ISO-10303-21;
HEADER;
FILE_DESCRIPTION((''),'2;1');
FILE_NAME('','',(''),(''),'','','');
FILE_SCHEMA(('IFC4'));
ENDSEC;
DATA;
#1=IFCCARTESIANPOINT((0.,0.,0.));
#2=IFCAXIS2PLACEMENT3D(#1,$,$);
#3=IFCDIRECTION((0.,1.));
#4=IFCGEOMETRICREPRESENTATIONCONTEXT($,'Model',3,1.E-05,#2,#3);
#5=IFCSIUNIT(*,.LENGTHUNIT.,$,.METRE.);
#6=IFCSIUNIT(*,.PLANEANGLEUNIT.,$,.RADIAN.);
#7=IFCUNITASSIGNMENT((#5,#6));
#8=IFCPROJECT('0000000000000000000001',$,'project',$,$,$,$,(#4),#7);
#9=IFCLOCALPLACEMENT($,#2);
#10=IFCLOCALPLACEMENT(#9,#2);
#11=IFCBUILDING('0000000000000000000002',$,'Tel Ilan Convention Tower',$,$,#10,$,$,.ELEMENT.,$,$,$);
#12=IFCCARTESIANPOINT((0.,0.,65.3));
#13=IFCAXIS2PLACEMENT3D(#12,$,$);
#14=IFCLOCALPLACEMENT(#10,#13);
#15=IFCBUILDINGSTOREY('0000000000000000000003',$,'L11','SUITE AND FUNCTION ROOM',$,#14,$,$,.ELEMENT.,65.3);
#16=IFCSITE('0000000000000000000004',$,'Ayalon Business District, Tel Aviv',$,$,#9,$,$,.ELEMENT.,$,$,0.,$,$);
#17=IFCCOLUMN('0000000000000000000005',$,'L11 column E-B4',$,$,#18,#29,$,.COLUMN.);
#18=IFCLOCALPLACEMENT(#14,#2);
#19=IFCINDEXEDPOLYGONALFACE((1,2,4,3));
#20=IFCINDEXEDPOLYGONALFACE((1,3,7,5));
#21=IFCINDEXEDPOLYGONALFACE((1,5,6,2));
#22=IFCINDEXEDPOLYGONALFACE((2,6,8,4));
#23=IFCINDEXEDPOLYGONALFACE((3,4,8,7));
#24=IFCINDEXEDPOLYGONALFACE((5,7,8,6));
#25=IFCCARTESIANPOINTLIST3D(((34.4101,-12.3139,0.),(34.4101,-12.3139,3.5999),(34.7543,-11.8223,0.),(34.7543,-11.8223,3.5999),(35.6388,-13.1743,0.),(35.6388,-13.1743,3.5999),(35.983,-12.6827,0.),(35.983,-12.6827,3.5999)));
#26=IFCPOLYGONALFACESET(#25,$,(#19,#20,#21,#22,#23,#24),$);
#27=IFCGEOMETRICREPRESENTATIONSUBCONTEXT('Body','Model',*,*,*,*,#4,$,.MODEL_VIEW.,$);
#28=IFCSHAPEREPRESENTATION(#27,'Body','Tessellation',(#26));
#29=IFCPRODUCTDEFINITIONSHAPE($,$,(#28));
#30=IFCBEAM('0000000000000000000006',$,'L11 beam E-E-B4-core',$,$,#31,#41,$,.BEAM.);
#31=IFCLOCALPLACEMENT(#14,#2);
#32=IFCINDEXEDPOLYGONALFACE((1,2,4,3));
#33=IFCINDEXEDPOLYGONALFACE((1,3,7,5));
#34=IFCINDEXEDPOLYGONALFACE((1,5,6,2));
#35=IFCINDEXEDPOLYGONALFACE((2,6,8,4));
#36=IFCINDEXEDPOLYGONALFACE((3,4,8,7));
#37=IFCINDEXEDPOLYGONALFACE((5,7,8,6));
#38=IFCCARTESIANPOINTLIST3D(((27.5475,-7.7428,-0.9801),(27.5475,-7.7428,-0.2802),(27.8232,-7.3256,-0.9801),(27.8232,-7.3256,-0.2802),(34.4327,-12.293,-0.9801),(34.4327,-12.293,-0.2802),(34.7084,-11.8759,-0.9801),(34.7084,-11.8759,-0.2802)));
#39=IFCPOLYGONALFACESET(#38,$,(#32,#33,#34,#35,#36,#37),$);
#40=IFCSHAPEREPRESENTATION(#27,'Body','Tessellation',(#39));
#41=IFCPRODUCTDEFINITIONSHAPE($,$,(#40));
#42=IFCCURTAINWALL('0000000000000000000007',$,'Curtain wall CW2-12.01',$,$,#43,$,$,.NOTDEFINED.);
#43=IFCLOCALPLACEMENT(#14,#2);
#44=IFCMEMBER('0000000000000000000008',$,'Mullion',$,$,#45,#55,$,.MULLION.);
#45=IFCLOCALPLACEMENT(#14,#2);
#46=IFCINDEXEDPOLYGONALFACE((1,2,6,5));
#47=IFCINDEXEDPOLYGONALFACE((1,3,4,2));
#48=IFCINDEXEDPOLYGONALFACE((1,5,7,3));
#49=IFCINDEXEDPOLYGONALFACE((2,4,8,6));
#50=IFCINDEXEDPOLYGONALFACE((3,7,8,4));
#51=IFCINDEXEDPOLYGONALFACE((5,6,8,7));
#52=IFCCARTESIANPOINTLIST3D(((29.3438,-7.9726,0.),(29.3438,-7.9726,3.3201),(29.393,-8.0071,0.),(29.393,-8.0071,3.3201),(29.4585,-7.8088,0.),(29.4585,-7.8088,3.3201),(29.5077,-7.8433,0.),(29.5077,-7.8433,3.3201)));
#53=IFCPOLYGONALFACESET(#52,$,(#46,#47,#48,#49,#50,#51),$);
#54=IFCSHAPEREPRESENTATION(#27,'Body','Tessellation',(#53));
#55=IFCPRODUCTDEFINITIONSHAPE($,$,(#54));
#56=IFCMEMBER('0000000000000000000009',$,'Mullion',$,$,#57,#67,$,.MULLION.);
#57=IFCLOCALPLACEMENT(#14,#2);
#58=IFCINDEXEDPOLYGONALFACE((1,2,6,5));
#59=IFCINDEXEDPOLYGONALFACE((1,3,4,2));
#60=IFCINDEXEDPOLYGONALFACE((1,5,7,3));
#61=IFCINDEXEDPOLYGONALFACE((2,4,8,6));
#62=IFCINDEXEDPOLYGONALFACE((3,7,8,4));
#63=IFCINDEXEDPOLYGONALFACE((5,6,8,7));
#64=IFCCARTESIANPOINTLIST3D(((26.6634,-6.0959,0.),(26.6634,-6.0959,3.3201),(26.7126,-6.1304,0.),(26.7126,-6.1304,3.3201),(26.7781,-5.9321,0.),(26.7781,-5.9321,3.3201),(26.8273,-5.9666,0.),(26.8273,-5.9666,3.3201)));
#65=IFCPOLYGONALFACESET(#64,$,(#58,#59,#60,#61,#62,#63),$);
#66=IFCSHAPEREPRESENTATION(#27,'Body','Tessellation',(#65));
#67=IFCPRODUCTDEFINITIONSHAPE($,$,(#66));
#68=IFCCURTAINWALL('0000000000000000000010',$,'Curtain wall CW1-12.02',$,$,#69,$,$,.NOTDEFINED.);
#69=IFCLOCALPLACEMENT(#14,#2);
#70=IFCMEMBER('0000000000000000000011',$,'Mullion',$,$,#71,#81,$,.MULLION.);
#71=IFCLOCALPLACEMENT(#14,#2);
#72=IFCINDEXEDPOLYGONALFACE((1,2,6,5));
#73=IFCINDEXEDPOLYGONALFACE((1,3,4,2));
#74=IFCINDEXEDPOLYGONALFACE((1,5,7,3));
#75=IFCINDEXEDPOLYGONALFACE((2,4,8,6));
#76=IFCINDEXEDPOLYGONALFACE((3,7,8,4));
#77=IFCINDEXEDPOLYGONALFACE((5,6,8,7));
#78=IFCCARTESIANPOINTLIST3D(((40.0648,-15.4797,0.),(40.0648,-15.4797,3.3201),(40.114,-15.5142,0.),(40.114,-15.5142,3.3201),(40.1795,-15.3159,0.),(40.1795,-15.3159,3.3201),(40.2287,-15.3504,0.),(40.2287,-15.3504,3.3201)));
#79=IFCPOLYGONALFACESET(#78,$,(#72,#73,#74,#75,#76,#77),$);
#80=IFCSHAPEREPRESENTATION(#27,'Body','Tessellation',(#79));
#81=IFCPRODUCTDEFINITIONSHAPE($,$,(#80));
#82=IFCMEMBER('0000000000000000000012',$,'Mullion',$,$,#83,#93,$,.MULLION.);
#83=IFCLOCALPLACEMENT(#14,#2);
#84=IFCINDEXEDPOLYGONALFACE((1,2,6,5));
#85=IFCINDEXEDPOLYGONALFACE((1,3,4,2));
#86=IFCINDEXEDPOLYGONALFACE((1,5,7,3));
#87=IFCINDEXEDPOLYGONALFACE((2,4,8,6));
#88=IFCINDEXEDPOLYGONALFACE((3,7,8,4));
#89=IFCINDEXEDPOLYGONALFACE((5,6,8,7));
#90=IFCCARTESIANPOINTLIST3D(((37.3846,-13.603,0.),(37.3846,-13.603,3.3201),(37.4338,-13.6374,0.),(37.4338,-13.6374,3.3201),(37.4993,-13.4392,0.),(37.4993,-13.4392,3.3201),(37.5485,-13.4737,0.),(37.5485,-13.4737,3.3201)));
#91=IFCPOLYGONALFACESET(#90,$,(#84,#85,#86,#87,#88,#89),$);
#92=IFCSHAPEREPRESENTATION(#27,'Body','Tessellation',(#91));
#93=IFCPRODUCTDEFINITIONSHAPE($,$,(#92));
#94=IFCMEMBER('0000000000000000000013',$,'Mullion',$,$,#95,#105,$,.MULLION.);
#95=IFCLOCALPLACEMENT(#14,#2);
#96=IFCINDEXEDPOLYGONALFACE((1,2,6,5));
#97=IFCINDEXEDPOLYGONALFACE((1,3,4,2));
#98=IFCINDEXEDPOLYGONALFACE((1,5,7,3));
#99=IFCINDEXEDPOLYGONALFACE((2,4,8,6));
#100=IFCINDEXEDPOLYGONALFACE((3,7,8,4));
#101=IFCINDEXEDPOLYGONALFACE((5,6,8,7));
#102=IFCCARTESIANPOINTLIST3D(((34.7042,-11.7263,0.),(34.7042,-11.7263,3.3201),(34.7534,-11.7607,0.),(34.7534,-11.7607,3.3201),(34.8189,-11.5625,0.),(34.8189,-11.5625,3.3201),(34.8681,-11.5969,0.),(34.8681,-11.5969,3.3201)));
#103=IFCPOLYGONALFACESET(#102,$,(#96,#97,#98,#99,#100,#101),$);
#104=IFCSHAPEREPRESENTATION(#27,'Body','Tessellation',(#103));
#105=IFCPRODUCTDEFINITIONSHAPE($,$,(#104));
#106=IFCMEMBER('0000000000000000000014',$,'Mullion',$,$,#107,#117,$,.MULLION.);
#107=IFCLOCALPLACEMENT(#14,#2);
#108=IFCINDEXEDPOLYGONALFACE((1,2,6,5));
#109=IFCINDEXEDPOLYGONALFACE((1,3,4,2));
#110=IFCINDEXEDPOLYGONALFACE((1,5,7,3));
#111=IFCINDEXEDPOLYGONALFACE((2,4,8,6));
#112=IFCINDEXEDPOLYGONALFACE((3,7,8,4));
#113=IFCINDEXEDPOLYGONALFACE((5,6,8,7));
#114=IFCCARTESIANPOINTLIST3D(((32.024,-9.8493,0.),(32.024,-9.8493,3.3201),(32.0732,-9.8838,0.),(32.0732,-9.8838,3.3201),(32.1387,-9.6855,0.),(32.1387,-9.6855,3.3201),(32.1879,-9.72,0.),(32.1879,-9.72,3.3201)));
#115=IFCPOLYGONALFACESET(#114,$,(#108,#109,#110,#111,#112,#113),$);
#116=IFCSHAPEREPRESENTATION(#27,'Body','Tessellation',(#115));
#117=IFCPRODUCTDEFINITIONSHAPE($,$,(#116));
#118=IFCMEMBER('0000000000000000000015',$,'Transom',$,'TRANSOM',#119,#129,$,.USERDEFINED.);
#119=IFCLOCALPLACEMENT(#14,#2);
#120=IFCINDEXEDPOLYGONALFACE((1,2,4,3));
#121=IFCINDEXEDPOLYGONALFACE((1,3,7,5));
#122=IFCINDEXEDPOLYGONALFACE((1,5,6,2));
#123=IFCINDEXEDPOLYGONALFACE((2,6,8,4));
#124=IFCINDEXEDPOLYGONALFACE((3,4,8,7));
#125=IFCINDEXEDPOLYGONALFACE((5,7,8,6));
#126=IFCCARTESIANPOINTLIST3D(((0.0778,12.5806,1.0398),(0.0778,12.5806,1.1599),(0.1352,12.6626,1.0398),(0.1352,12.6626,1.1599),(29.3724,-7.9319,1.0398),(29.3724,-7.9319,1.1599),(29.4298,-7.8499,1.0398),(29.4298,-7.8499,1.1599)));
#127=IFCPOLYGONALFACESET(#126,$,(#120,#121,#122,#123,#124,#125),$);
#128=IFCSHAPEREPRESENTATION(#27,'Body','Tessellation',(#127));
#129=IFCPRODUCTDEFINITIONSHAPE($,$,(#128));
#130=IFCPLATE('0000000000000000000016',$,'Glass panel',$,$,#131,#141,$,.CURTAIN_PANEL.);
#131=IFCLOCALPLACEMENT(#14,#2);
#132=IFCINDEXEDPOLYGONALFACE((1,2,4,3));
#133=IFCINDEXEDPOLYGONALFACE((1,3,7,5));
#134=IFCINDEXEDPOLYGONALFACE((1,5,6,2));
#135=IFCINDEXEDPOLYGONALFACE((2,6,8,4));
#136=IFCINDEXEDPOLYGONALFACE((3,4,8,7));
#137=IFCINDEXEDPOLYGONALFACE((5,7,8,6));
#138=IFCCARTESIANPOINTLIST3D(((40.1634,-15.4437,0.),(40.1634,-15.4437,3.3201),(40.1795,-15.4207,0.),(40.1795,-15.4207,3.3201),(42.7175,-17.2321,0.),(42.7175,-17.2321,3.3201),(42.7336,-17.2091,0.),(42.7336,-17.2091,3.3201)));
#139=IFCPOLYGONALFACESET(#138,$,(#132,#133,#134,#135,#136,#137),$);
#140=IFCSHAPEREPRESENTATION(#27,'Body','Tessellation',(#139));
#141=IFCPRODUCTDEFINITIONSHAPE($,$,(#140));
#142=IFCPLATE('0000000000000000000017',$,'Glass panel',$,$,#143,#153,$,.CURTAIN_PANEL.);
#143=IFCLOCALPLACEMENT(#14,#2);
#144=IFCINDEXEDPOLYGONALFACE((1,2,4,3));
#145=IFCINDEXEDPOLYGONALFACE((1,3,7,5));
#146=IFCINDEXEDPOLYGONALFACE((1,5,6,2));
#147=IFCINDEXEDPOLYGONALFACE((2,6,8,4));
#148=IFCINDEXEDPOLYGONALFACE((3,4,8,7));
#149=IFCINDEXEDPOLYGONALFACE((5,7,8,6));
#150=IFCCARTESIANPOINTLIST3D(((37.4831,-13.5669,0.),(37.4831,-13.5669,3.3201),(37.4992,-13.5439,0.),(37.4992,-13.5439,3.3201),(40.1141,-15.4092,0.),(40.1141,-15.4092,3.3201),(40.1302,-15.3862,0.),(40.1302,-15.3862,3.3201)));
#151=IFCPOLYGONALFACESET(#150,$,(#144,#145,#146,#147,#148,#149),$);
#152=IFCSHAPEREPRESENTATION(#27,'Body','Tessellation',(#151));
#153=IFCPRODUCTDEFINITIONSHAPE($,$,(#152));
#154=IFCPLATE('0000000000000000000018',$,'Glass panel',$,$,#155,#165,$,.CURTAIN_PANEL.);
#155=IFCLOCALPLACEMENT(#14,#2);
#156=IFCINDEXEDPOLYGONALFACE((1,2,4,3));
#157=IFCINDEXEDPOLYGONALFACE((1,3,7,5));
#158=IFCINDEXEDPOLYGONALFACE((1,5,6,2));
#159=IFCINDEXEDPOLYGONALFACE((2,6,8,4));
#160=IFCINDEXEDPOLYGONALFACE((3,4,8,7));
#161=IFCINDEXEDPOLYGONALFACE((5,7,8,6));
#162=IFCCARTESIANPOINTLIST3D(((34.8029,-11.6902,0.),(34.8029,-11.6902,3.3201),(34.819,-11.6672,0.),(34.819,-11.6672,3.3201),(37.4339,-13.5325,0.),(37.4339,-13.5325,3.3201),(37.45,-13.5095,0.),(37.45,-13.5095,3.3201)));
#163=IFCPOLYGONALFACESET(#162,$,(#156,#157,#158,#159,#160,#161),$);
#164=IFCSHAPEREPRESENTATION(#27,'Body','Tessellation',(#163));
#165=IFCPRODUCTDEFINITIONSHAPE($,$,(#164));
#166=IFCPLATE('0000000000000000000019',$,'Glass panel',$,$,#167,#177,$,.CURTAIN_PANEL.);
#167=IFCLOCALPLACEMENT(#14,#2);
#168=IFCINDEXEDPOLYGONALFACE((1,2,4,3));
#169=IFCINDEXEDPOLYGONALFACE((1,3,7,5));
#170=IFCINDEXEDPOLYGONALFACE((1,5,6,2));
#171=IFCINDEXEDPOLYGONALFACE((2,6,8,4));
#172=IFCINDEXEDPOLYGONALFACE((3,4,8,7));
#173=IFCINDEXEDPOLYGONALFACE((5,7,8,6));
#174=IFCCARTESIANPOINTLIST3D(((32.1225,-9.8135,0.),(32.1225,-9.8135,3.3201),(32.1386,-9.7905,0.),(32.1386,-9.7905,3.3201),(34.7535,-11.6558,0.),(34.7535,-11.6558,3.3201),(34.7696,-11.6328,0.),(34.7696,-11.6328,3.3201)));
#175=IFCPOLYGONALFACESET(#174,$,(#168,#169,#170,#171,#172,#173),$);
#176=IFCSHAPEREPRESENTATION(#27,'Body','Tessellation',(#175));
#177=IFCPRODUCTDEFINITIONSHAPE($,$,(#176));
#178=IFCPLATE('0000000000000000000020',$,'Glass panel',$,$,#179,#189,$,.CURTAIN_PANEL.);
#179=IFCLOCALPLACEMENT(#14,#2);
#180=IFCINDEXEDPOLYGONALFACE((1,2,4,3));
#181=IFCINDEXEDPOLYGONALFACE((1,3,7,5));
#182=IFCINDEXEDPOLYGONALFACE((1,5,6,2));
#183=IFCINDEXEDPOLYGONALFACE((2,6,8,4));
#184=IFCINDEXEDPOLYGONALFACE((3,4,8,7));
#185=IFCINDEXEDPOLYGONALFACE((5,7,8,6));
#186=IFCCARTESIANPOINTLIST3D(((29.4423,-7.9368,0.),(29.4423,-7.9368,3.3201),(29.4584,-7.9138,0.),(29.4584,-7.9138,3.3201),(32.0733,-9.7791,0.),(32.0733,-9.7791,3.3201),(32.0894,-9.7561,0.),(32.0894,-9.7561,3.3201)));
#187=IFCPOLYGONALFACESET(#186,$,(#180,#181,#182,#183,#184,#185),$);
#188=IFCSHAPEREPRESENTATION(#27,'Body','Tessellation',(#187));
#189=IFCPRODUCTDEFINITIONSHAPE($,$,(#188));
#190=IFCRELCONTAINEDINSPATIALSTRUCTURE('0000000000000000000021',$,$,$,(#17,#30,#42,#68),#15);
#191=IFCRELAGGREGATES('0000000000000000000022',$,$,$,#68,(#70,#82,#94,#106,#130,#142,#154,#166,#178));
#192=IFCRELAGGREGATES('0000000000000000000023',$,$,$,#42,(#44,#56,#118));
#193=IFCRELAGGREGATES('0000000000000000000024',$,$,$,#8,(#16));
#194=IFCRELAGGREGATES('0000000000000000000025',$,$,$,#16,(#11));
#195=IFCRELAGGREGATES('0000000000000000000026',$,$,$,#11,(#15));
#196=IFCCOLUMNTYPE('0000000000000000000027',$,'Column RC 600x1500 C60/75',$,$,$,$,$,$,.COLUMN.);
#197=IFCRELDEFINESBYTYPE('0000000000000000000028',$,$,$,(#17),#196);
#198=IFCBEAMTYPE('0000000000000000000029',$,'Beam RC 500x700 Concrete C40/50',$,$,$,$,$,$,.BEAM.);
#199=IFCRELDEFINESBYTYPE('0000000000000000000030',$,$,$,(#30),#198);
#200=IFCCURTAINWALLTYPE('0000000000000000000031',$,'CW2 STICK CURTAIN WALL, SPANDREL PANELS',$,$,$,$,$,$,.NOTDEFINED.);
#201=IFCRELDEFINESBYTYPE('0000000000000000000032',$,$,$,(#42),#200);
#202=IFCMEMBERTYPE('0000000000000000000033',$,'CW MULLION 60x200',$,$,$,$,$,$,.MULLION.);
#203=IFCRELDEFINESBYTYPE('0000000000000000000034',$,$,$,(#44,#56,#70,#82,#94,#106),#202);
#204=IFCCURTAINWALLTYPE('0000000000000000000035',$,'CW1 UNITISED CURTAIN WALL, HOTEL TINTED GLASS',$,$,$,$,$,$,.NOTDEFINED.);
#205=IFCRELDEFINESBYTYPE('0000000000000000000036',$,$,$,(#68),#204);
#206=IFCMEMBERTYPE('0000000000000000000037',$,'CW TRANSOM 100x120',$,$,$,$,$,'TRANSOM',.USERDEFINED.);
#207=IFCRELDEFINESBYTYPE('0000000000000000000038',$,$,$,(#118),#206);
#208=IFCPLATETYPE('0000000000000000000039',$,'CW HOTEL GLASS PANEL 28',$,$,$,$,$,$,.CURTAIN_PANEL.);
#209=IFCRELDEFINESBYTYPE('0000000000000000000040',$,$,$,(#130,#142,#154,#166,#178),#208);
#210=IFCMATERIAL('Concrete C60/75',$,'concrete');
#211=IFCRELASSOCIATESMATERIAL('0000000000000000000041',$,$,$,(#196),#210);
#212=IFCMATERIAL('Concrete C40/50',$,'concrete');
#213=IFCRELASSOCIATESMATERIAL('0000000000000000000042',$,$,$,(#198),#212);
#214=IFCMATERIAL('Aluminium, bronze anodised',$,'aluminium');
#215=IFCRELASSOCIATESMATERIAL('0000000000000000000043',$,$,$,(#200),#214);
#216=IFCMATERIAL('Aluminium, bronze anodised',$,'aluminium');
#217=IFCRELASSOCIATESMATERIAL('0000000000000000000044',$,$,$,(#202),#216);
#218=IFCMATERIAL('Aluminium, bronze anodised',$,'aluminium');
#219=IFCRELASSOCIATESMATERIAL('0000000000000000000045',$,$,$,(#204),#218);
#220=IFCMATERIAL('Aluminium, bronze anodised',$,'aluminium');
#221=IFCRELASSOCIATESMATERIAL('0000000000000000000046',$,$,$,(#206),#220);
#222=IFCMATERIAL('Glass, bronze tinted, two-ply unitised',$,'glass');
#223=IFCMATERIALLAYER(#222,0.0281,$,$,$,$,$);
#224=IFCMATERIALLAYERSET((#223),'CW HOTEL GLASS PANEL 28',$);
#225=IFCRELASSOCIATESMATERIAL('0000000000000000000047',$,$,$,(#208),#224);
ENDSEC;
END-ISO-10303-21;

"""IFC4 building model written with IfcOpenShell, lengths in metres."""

from ifc_helpers import new_model, si_unit, direction, frame, origin, origin_2d, place, context, subcontext, project, spatial, rectangle, extrude, material, layer, layer_set, material_profile, profile_set, type_object, element, aggregate, save


model = new_model("IFC4")

# Units and contexts
model_context = context("Model", 3, precision=1e-05, world=origin(), true_north=direction((0.0, 1.0)))
body_context = subcontext(model_context, "Body", "Model", "MODEL_VIEW")
ifc_project = project(units=[si_unit("LENGTHUNIT", "METRE"), si_unit("PLANEANGLEUNIT", "RADIAN")], contexts=[model_context])

# Site, building, storey
site_placement = place(None, origin())
site = spatial("IfcSite", under=ifc_project, at=site_placement, Name="Ayalon Business District, Tel Aviv", CompositionType="ELEMENT", RefElevation=0.0)
building_placement = place(site_placement, origin())
building = spatial("IfcBuilding", under=site, at=building_placement, Name="Tel Ilan Convention Tower", CompositionType="ELEMENT")
storey_placement = place(building_placement, frame((0.0, 0.0, 65.3)))
storey = spatial("IfcBuildingStorey", under=building, at=storey_placement, Name="L11", Description="SUITE AND FUNCTION ROOM", CompositionType="ELEMENT", Elevation=65.3)

# Column
ifc_material_1 = material(Name="Concrete C60/75", Category="concrete")
ifc_material_profile_1 = material_profile(ifc_material_1, rectangle(XDim=1.5, YDim=0.6001, at=origin_2d()), Name="RC 600x1500")
ifc_profile_set_1 = profile_set([ifc_material_profile_1], Name="Concrete C60/75")
column_type = type_object("IfcColumnType", Name="Column RC 600x1500 C60/75", PredefinedType="COLUMN", material=ifc_profile_set_1)
column_placement = place(storey_placement, frame((35.1965, -12.4983, 0.0), z_axis=(0.0, 0.0, 1.0), x_axis=(0.819152, -0.573576, 0.0)))
element("IfcColumn", 1, at=column_placement, inside=storey, type_object=column_type, Name="L11 column E-B4", PredefinedType="COLUMN", context=body_context, shape_type="SweptSolid", body=[
    extrude(rectangle(XDim=1.5, YDim=0.6001, at=origin_2d()), origin(), (0.0, 0.0, 1.0), 3.5999),
])

# Beam
ifc_material_2 = material(Name="Concrete C40/50", Category="concrete")
ifc_material_profile_2 = material_profile(ifc_material_2, rectangle(XDim=0.5, YDim=0.7, at=origin_2d()), Name="RC 500x700")
ifc_profile_set_2 = profile_set([ifc_material_profile_2], Name="Concrete C40/50")
beam_type = type_object("IfcBeamType", Name="Beam RC 500x700 Concrete C40/50", PredefinedType="BEAM", material=ifc_profile_set_2)
beam_placement = place(storey_placement, frame((34.5706, -12.0845, -0.6301), z_axis=(-0.834274, 0.551351, 0.0), x_axis=(-0.551351, -0.834274, 0.0)))
element("IfcBeam", 2, at=beam_placement, inside=storey, type_object=beam_type, Name="L11 beam E-E-B4-core", PredefinedType="BEAM", context=body_context, shape_type="SweptSolid", body=[
    extrude(rectangle(XDim=0.5, YDim=0.7, at=origin_2d()), origin(), (0.0, 0.0, 1.0), 8.2529),
])

# Curtain walls, members
ifc_material_3 = material(Name="Aluminium, bronze anodised", Category="aluminium")
curtain_wall_type_1 = type_object("IfcCurtainWallType", Name="CW2 STICK CURTAIN WALL, SPANDREL PANELS", PredefinedType="NOTDEFINED", material=ifc_material_3)
curtain_wall_1_placement = place(storey_placement, origin())
curtain_wall_1 = element("IfcCurtainWall", 3, at=curtain_wall_1_placement, inside=storey, type_object=curtain_wall_type_1, Name="Curtain wall CW2-12.01", PredefinedType="NOTDEFINED")
ifc_material_4 = material(Name="Aluminium, bronze anodised", Category="aluminium")
ifc_material_profile_3 = material_profile(ifc_material_4, rectangle(XDim=0.0601, YDim=0.2, at=origin_2d()), Name="CW MULLION 60x200")
ifc_profile_set_3 = profile_set([ifc_material_profile_3], Name="Aluminium, bronze anodised")
member_type_1 = type_object("IfcMemberType", Name="CW MULLION 60x200", PredefinedType="MULLION", material=ifc_profile_set_3)
member_1_placement = place(storey_placement, frame((29.4258, -7.908, 0.0), z_axis=(0.0, 0.0, 1.0), x_axis=(-0.819152, 0.573576, 0.0)))
member_1 = element("IfcMember", 4, at=member_1_placement, type_object=member_type_1, Name="Mullion", PredefinedType="MULLION", context=body_context, shape_type="SweptSolid", body=[
    extrude(rectangle(XDim=0.0601, YDim=0.2, at=origin_2d()), origin(), (0.0, 0.0, 1.0), 3.3201),
])
member_2_placement = place(storey_placement, frame((26.7454, -6.0312, 0.0), z_axis=(0.0, 0.0, 1.0), x_axis=(-0.819152, 0.573576, 0.0)))
member_2 = element("IfcMember", 5, at=member_2_placement, type_object=member_type_1, Name="Mullion", PredefinedType="MULLION", context=body_context, shape_type="SweptSolid", body=[
    extrude(rectangle(XDim=0.0601, YDim=0.2, at=origin_2d()), origin(), (0.0, 0.0, 1.0), 3.3201),
])
ifc_material_5 = material(Name="Aluminium, bronze anodised", Category="aluminium")
curtain_wall_type_2 = type_object("IfcCurtainWallType", Name="CW1 UNITISED CURTAIN WALL, HOTEL TINTED GLASS", PredefinedType="NOTDEFINED", material=ifc_material_5)
curtain_wall_2_placement = place(storey_placement, origin())
curtain_wall_2 = element("IfcCurtainWall", 6, at=curtain_wall_2_placement, inside=storey, type_object=curtain_wall_type_2, Name="Curtain wall CW1-12.02", PredefinedType="NOTDEFINED")
member_3_placement = place(storey_placement, frame((40.1467, -15.415, 0.0), z_axis=(0.0, 0.0, 1.0), x_axis=(-0.819152, 0.573576, 0.0)))
member_3 = element("IfcMember", 7, at=member_3_placement, type_object=member_type_1, Name="Mullion", PredefinedType="MULLION", context=body_context, shape_type="SweptSolid", body=[
    extrude(rectangle(XDim=0.0601, YDim=0.2, at=origin_2d()), origin(), (0.0, 0.0, 1.0), 3.3201),
])
member_4_placement = place(storey_placement, frame((37.4666, -13.5383, 0.0), z_axis=(0.0, 0.0, 1.0), x_axis=(-0.819152, 0.573576, 0.0)))
member_4 = element("IfcMember", 8, at=member_4_placement, type_object=member_type_1, Name="Mullion", PredefinedType="MULLION", context=body_context, shape_type="SweptSolid", body=[
    extrude(rectangle(XDim=0.0601, YDim=0.2, at=origin_2d()), origin(), (0.0, 0.0, 1.0), 3.3201),
])
member_5_placement = place(storey_placement, frame((34.7861, -11.6616, 0.0), z_axis=(0.0, 0.0, 1.0), x_axis=(-0.819152, 0.573576, 0.0)))
member_5 = element("IfcMember", 9, at=member_5_placement, type_object=member_type_1, Name="Mullion", PredefinedType="MULLION", context=body_context, shape_type="SweptSolid", body=[
    extrude(rectangle(XDim=0.0601, YDim=0.2, at=origin_2d()), origin(), (0.0, 0.0, 1.0), 3.3201),
])
member_6_placement = place(storey_placement, frame((32.106, -9.7847, 0.0), z_axis=(0.0, 0.0, 1.0), x_axis=(-0.819152, 0.573576, 0.0)))
member_6 = element("IfcMember", 10, at=member_6_placement, type_object=member_type_1, Name="Mullion", PredefinedType="MULLION", context=body_context, shape_type="SweptSolid", body=[
    extrude(rectangle(XDim=0.0601, YDim=0.2, at=origin_2d()), origin(), (0.0, 0.0, 1.0), 3.3201),
])

# Member
ifc_material_6 = material(Name="Aluminium, bronze anodised", Category="aluminium")
ifc_material_profile_4 = material_profile(ifc_material_6, rectangle(XDim=0.1001, YDim=0.1201, at=origin_2d()), Name="CW TRANSOM 100x120")
ifc_profile_set_4 = profile_set([ifc_material_profile_4], Name="Aluminium, bronze anodised")
member_type_2 = type_object("IfcMemberType", Name="CW TRANSOM 100x120", ElementType="TRANSOM", PredefinedType="USERDEFINED", material=ifc_profile_set_4)
member_7_placement = place(storey_placement, frame((29.4011, -7.8909, 1.0999), z_axis=(-0.819151, 0.573578, 0.0), x_axis=(-0.573578, -0.819151, 0.0)))
member_7 = element("IfcMember", 11, at=member_7_placement, type_object=member_type_2, Name="Transom", ObjectType="TRANSOM", PredefinedType="USERDEFINED", context=body_context, shape_type="SweptSolid", body=[
    extrude(rectangle(XDim=0.1001, YDim=0.1201, at=origin_2d()), origin(), (0.0, 0.0, 1.0), 35.7622),
])

# Plates
ifc_material_7 = material(Name="Glass, bronze tinted, two-ply unitised", Category="glass")
ifc_layer_1 = layer(ifc_material_7, 0.0281)
ifc_layer_set_1 = layer_set([ifc_layer_1], Name="CW HOTEL GLASS PANEL 28")
plate_type_1 = type_object("IfcPlateType", Name="CW HOTEL GLASS PANEL 28", PredefinedType="CURTAIN_PANEL", material=ifc_layer_set_1)
plate_1_placement = place(storey_placement, frame((41.4485, -16.3264, 0.0), z_axis=(0.0, 0.0, 1.0), x_axis=(-0.819152, 0.573576, 0.0)))
plate_1 = element("IfcPlate", 12, at=plate_1_placement, type_object=plate_type_1, Name="Glass panel", PredefinedType="CURTAIN_PANEL", context=body_context, shape_type="SweptSolid", body=[
    extrude(rectangle(XDim=3.1179, YDim=0.0281, at=origin_2d()), origin(), (0.0, 0.0, 1.0), 3.3201),
])
plate_2_placement = place(storey_placement, frame((38.8066, -14.4766, 0.0), z_axis=(0.0, 0.0, 1.0), x_axis=(-0.819152, 0.573576, 0.0)))
plate_2 = element("IfcPlate", 13, at=plate_2_placement, type_object=plate_type_1, Name="Glass panel", PredefinedType="CURTAIN_PANEL", context=body_context, shape_type="SweptSolid", body=[
    extrude(rectangle(XDim=3.2119, YDim=0.0281, at=origin_2d()), origin(), (0.0, 0.0, 1.0), 3.3201),
])
plate_3_placement = place(storey_placement, frame((36.1265, -12.5999, 0.0), z_axis=(0.0, 0.0, 1.0), x_axis=(-0.819152, 0.573576, 0.0)))
plate_3 = element("IfcPlate", 14, at=plate_3_placement, type_object=plate_type_1, Name="Glass panel", PredefinedType="CURTAIN_PANEL", context=body_context, shape_type="SweptSolid", body=[
    extrude(rectangle(XDim=3.2119, YDim=0.0281, at=origin_2d()), origin(), (0.0, 0.0, 1.0), 3.3201),
])
plate_4_placement = place(storey_placement, frame((33.446, -10.7231, 0.0), z_axis=(0.0, 0.0, 1.0), x_axis=(-0.819152, 0.573576, 0.0)))
plate_4 = element("IfcPlate", 15, at=plate_4_placement, type_object=plate_type_1, Name="Glass panel", PredefinedType="CURTAIN_PANEL", context=body_context, shape_type="SweptSolid", body=[
    extrude(rectangle(XDim=3.2119, YDim=0.0281, at=origin_2d()), origin(), (0.0, 0.0, 1.0), 3.3201),
])
plate_5_placement = place(storey_placement, frame((30.7659, -8.8464, 0.0), z_axis=(0.0, 0.0, 1.0), x_axis=(-0.819152, 0.573576, 0.0)))
plate_5 = element("IfcPlate", 16, at=plate_5_placement, type_object=plate_type_1, Name="Glass panel", PredefinedType="CURTAIN_PANEL", context=body_context, shape_type="SweptSolid", body=[
    extrude(rectangle(XDim=3.2119, YDim=0.0281, at=origin_2d()), origin(), (0.0, 0.0, 1.0), 3.3201),
])
aggregate(curtain_wall_2, [member_3, member_4, member_5, member_6, plate_1, plate_2, plate_3, plate_4, plate_5])
aggregate(curtain_wall_1, [member_1, member_2, member_7])

save(model, "model.ifc")
